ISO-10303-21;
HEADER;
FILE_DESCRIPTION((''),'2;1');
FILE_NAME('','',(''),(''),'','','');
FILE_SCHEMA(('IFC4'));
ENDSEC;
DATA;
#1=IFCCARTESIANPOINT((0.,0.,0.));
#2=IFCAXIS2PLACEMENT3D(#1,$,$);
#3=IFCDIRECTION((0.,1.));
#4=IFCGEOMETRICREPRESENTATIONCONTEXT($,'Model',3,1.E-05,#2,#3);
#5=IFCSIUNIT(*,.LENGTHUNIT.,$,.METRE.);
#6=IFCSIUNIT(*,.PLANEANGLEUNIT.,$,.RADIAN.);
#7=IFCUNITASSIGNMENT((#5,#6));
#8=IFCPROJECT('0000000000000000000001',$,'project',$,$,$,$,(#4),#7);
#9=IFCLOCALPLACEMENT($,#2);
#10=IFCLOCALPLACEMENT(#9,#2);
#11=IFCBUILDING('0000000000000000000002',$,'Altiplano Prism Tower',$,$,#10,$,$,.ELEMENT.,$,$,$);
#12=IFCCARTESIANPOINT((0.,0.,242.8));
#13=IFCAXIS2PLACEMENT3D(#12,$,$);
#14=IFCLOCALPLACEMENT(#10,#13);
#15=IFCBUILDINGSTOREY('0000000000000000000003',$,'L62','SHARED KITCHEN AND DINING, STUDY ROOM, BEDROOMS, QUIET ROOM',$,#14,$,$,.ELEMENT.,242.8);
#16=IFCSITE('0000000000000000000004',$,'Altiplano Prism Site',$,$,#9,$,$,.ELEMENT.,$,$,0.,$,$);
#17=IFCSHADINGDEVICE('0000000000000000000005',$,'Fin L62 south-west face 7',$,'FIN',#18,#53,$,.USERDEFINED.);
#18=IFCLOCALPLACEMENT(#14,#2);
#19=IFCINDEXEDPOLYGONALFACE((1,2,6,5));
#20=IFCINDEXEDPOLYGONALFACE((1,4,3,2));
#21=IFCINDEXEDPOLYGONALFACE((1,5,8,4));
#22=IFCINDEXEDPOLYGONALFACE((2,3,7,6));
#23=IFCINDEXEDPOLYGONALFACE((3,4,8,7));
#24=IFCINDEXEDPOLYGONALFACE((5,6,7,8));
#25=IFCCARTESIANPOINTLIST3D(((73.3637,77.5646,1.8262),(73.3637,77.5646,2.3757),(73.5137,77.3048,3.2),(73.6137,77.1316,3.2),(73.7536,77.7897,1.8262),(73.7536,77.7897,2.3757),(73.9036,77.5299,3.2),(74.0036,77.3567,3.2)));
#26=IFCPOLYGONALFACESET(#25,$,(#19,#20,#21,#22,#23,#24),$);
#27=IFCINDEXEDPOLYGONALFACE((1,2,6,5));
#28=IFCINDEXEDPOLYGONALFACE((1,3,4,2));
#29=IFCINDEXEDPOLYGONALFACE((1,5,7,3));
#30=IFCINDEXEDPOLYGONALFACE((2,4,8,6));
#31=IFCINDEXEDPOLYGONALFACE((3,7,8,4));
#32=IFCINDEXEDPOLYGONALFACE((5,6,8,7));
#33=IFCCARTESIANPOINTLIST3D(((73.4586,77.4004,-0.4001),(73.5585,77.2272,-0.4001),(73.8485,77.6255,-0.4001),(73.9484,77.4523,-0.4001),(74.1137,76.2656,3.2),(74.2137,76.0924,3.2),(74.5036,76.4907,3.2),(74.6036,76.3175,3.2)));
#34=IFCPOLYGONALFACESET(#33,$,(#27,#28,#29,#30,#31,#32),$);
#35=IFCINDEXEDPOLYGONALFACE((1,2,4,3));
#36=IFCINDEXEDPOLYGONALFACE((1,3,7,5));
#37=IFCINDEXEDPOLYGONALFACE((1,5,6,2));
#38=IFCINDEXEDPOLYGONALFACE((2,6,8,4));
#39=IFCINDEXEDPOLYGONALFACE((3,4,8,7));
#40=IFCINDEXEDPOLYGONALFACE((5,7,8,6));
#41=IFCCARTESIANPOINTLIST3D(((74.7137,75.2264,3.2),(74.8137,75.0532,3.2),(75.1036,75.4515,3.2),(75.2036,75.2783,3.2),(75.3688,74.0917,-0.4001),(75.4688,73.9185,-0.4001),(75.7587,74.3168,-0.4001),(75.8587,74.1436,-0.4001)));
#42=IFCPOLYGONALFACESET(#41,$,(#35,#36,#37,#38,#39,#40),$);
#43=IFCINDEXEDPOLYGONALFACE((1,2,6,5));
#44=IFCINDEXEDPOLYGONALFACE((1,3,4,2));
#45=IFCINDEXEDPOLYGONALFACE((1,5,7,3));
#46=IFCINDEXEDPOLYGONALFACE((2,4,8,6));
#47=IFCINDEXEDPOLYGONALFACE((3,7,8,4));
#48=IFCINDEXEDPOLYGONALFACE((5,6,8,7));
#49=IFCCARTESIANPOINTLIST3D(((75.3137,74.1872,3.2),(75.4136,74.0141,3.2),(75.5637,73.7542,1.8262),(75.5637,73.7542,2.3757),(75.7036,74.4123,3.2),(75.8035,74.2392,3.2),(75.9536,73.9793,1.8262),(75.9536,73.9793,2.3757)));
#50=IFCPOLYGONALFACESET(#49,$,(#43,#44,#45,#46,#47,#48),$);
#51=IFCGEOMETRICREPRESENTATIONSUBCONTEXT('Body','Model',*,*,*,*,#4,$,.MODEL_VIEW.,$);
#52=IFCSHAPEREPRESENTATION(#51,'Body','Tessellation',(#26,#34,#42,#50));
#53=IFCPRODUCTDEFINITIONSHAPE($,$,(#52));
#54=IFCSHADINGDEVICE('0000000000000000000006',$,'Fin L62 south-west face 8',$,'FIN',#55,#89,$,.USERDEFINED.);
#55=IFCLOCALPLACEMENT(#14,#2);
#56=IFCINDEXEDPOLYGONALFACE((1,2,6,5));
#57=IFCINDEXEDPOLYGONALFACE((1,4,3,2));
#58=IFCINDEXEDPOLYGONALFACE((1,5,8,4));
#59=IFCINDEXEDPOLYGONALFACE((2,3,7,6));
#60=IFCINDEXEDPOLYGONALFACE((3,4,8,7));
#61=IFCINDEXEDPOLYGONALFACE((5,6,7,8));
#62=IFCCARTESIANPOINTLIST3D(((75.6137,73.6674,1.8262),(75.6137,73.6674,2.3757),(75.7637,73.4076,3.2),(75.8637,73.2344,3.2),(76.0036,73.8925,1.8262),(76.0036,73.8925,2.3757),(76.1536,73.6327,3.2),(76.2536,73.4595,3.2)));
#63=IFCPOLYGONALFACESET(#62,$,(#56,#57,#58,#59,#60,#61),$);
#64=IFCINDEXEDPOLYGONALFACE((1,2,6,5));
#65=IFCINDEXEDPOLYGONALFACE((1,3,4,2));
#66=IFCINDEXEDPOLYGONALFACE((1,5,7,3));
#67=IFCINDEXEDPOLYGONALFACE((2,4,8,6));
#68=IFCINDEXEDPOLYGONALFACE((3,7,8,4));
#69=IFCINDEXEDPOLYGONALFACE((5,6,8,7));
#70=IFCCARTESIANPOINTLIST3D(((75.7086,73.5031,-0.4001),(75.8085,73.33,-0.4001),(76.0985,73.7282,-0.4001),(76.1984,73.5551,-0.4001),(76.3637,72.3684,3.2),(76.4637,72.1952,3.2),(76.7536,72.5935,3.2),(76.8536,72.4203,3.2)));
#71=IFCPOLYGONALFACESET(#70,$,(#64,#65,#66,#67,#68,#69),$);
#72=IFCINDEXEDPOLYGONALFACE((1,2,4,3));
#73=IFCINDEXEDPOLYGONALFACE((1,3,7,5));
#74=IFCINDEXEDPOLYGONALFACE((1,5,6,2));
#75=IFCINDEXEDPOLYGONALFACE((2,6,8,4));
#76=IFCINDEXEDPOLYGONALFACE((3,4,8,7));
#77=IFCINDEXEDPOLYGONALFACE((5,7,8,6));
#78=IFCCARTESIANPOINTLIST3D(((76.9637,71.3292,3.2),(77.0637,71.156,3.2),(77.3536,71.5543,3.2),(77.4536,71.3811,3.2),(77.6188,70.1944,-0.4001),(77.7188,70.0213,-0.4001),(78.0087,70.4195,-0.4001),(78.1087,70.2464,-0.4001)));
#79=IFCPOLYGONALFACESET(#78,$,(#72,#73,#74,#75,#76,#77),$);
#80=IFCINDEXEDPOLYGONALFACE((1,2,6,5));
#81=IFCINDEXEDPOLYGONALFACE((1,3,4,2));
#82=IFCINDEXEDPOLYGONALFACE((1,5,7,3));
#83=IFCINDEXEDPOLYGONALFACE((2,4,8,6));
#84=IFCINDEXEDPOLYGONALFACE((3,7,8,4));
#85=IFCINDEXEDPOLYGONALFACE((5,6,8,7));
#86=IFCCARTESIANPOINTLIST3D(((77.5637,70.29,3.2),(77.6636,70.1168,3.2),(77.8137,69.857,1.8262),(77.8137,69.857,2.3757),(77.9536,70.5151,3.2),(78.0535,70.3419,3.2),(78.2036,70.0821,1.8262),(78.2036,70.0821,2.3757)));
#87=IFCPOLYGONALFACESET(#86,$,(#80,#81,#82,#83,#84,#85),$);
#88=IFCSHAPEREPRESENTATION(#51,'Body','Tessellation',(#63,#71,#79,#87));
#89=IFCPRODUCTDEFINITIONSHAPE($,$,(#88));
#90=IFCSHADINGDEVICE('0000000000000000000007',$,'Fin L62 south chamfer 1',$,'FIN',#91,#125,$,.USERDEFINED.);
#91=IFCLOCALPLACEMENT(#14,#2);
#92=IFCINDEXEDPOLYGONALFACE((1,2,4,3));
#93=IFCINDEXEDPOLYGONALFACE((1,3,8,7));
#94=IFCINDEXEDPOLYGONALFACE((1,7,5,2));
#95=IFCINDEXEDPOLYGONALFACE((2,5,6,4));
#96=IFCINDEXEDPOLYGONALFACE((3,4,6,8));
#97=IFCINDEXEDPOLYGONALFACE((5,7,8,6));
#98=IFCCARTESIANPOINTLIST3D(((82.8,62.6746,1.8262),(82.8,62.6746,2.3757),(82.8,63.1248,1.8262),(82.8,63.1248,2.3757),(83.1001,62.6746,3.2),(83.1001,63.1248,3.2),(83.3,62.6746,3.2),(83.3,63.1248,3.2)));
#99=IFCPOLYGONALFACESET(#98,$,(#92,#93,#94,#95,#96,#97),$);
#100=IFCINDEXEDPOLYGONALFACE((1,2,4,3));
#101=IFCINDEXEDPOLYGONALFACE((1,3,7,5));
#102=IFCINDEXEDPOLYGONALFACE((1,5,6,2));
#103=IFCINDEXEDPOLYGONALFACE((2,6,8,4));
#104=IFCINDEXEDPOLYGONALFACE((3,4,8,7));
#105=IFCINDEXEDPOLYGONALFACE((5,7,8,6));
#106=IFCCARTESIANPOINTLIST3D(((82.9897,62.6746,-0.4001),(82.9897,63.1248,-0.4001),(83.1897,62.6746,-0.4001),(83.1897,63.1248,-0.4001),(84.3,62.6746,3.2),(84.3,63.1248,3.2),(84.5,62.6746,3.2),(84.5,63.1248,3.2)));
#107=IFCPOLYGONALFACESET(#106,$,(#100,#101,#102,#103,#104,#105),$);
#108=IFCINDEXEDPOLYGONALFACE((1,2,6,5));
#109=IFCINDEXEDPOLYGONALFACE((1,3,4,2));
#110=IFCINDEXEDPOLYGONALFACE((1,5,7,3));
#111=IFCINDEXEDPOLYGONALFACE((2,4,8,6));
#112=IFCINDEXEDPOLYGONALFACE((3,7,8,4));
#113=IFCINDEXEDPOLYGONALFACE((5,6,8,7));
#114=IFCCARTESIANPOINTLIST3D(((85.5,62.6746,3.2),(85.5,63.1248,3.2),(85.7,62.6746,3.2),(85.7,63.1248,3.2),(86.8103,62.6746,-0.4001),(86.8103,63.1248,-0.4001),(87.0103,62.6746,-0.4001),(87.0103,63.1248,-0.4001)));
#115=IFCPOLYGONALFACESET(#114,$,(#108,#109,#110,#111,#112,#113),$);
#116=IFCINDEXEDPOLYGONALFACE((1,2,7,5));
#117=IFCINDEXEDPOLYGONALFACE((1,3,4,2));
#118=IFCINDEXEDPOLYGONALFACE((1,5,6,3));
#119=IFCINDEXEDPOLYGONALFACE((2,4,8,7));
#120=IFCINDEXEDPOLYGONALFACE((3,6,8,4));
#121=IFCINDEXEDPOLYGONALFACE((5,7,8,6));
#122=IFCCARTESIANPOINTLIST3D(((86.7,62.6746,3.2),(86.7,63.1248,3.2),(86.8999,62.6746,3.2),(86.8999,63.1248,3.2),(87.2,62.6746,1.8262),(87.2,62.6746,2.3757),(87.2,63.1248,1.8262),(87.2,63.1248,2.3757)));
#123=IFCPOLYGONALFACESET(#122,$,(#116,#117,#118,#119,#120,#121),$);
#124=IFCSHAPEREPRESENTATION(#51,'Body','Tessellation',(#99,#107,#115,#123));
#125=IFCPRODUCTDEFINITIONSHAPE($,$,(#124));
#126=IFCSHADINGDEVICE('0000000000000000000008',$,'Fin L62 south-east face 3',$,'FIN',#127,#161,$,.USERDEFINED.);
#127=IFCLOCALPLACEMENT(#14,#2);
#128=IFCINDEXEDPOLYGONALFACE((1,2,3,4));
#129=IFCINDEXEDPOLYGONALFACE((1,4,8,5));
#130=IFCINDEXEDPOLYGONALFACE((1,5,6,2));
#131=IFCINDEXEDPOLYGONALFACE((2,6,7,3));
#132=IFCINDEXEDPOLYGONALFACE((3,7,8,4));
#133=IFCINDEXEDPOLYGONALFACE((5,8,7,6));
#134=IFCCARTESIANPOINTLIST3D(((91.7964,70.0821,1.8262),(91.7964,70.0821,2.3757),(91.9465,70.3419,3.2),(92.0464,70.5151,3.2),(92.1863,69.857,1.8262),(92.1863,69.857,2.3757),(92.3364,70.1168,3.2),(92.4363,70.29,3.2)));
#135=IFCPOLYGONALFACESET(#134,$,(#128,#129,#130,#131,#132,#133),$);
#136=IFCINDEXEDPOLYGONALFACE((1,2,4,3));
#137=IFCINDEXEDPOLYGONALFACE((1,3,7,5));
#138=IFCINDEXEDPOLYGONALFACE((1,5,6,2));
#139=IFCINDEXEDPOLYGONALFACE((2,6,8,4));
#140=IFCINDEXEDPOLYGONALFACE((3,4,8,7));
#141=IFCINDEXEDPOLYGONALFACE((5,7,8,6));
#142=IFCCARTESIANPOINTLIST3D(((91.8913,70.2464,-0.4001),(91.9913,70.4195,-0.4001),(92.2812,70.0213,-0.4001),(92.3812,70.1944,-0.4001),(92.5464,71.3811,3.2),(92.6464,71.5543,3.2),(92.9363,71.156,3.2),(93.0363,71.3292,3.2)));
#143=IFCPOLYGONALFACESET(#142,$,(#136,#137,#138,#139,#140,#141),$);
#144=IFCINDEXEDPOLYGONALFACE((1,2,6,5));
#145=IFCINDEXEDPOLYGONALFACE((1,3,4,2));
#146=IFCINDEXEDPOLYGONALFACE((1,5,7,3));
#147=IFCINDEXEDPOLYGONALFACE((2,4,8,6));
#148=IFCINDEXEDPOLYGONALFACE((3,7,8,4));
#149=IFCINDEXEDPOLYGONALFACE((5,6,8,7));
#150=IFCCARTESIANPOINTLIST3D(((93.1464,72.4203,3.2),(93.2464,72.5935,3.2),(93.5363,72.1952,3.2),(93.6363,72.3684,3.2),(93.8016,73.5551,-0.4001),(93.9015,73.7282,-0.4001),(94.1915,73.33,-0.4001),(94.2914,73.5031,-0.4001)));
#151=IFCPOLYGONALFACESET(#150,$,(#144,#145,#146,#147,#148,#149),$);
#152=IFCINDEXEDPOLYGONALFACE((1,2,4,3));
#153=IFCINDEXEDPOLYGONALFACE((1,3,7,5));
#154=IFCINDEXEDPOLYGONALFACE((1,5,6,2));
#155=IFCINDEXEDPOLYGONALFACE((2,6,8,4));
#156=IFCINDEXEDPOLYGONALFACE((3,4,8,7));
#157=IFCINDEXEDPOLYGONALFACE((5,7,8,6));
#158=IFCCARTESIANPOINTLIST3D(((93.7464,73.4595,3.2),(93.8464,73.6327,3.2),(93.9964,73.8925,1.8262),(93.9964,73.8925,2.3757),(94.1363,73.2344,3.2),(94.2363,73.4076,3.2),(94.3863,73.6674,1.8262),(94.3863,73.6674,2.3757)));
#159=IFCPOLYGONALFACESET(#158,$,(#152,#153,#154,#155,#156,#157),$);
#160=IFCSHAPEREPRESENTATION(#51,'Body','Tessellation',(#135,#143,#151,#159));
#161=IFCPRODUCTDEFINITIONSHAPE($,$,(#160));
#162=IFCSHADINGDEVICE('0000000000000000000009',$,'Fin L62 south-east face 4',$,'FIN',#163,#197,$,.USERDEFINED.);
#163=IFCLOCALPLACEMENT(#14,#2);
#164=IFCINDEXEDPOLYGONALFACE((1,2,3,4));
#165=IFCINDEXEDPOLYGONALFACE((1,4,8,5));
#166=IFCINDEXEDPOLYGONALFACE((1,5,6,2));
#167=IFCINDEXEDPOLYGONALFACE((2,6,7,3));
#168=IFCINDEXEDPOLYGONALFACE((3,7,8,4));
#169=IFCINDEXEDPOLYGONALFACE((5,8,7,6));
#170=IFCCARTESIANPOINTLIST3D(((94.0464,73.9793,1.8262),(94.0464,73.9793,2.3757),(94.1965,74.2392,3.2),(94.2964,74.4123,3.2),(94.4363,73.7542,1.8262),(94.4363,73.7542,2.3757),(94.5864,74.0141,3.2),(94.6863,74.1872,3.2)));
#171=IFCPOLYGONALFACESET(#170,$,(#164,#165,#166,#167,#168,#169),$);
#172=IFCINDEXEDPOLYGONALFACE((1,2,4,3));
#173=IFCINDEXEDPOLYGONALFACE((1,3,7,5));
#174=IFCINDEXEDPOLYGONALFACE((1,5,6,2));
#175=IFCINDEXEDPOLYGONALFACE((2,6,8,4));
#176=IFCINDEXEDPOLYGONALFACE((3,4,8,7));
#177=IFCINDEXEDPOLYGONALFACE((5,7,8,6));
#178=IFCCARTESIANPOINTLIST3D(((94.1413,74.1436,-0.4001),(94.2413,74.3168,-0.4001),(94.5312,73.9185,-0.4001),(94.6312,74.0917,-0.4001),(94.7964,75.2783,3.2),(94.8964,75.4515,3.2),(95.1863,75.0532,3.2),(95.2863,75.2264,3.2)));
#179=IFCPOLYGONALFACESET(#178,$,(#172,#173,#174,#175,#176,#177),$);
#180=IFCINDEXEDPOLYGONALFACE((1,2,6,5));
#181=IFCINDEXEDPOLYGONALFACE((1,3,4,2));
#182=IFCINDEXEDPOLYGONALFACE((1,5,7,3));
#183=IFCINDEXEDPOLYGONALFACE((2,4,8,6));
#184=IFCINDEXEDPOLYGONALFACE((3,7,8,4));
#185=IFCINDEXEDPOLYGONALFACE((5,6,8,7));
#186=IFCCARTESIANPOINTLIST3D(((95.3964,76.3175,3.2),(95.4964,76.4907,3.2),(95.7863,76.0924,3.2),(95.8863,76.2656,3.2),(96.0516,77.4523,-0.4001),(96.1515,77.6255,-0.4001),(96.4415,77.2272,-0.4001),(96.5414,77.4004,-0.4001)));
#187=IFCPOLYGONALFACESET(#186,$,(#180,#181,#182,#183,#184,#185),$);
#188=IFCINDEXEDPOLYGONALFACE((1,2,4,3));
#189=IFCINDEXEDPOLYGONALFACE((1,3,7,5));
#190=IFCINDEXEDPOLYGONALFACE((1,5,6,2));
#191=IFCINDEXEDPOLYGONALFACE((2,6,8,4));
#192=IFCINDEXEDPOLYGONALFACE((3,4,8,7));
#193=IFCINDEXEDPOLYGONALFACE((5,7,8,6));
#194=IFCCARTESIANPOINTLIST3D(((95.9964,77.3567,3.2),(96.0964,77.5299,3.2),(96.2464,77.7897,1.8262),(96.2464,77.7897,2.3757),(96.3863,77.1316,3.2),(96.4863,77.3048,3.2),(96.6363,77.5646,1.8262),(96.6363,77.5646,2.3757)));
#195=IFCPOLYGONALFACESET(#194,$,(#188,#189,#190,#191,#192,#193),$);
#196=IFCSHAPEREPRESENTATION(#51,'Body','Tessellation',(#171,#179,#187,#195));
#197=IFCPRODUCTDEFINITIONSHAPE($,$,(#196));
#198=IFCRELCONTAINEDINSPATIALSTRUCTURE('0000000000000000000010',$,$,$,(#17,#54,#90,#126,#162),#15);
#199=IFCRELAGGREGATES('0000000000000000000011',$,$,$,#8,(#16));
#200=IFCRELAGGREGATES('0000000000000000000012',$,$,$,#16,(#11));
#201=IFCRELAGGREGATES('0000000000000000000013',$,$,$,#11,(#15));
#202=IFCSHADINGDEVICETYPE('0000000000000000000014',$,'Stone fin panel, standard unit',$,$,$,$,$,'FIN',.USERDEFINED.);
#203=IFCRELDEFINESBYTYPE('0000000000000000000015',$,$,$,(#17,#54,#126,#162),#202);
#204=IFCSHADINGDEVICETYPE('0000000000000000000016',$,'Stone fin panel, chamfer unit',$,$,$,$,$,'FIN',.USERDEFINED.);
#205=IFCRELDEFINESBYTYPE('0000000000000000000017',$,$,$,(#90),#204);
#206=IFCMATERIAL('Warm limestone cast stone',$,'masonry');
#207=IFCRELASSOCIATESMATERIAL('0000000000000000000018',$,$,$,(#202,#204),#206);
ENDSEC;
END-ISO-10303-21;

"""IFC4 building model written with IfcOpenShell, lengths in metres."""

from ifc_helpers import new_model, si_unit, direction, frame, origin, place, context, subcontext, project, spatial, polyline, outline, extrude, source, transform, mapped, material, type_object, element, save


model = new_model("IFC4")

# Units and contexts
model_context = context("Model", 3, precision=1e-05, world=origin(), true_north=direction((0.0, 1.0)))
body_context = subcontext(model_context, "Body", "Model", "MODEL_VIEW")
ifc_project = project(units=[si_unit("LENGTHUNIT", "METRE"), si_unit("PLANEANGLEUNIT", "RADIAN")], contexts=[model_context])

# Site, building, storey
site_placement = place(None, origin())
site = spatial("IfcSite", under=ifc_project, at=site_placement, Name="Altiplano Prism Site", CompositionType="ELEMENT", RefElevation=0.0)
building_placement = place(site_placement, origin())
building = spatial("IfcBuilding", under=site, at=building_placement, Name="Altiplano Prism Tower", CompositionType="ELEMENT")
storey_placement = place(building_placement, frame((0.0, 0.0, 242.8)))
storey = spatial("IfcBuildingStorey", under=building, at=storey_placement, Name="L62", Description="SHARED KITCHEN AND DINING, STUDY ROOM, BEDROOMS, QUIET ROOM", CompositionType="ELEMENT", Elevation=242.8)

# Shading devices
ifc_material_1 = material(Name="Warm limestone cast stone", Category="masonry")
shading_device_type_1 = type_object("IfcShadingDeviceType", Name="Stone fin panel, standard unit", ElementType="FIN", PredefinedType="USERDEFINED", material=ifc_material_1)
shared_shape_1 = source(origin(), body_context, "Body", "SweptSolid", [
    extrude(outline(polyline([(-2.2, 2.2263), (-1.7, 3.6001), (-1.8999, 3.6001), (-2.2, 2.7759), (-2.2, 2.2263)])), frame((0.0, -0.1499, 0.0), z_axis=(0.0, -1.0, 0.0), x_axis=(1.0, 0.0, 0.0)), (0.0, 0.0, 1.0), 0.4502),
    extrude(outline(polyline([(-2.0103, 0.0), (-1.8103, 0.0), (-0.5, 3.6001), (-0.7, 3.6001), (-2.0103, 0.0)])), frame((0.0, -0.1499, 0.0), z_axis=(0.0, -1.0, 0.0), x_axis=(1.0, 0.0, 0.0)), (0.0, 0.0, 1.0), 0.4502),
    extrude(outline(polyline([(1.8103, 0.0), (2.0103, 0.0), (0.7, 3.6001), (0.5, 3.6001), (1.8103, 0.0)])), frame((0.0, -0.1499, 0.0), z_axis=(0.0, -1.0, 0.0), x_axis=(1.0, 0.0, 0.0)), (0.0, 0.0, 1.0), 0.4502),
    extrude(outline(polyline([(2.2, 2.7759), (1.8999, 3.6001), (1.7, 3.6001), (2.2, 2.2263), (2.2, 2.7759)])), frame((0.0, -0.1499, 0.0), z_axis=(0.0, -1.0, 0.0), x_axis=(1.0, 0.0, 0.0)), (0.0, 0.0, 1.0), 0.4502),
])
shading_device_type_2 = type_object("IfcShadingDeviceType", Name="Stone fin panel, chamfer unit", ElementType="FIN", PredefinedType="USERDEFINED", material=ifc_material_1)
shading_device_1_placement = place(storey_placement, origin())
element("IfcShadingDevice", 1, at=shading_device_1_placement, inside=storey, type_object=shading_device_type_1, Name="Fin L62 south-west face 7", ObjectType="FIN", PredefinedType="USERDEFINED", context=body_context, shape_type="MappedRepresentation", body=[
    mapped(shared_shape_1, transform((74.9834, 75.9595, -0.4001), x_axis=(0.5, -0.866025, 0.0), y_axis=(0.866025, 0.5, 0.0), z_axis=(0.0, 0.0, 1.0))),
])
shading_device_2_placement = place(storey_placement, origin())
element("IfcShadingDevice", 2, at=shading_device_2_placement, inside=storey, type_object=shading_device_type_1, Name="Fin L62 south-west face 8", ObjectType="FIN", PredefinedType="USERDEFINED", context=body_context, shape_type="MappedRepresentation", body=[
    mapped(shared_shape_1, transform((77.2334, 72.0623, -0.4001), x_axis=(0.5, -0.866025, 0.0), y_axis=(0.866025, 0.5, 0.0), z_axis=(0.0, 0.0, 1.0))),
])
shading_device_3_placement = place(storey_placement, origin())
element("IfcShadingDevice", 3, at=shading_device_3_placement, inside=storey, type_object=shading_device_type_2, Name="Fin L62 south chamfer 1", ObjectType="FIN", PredefinedType="USERDEFINED", context=body_context, shape_type="MappedRepresentation", body=[
    mapped(shared_shape_1, transform((85.0, 63.2747, -0.4001), x_axis=(1.0, 0.0, 0.0), y_axis=(0.0, 1.0, 0.0), z_axis=(0.0, 0.0, 1.0))),
])
shading_device_4_placement = place(storey_placement, origin())
element("IfcShadingDevice", 4, at=shading_device_4_placement, inside=storey, type_object=shading_device_type_1, Name="Fin L62 south-east face 3", ObjectType="FIN", PredefinedType="USERDEFINED", context=body_context, shape_type="MappedRepresentation", body=[
    mapped(shared_shape_1, transform((92.7666, 72.0623, -0.4001), x_axis=(0.5, 0.866025, 0.0), y_axis=(-0.866025, 0.5, 0.0), z_axis=(0.0, 0.0, 1.0))),
])
shading_device_5_placement = place(storey_placement, origin())
element("IfcShadingDevice", 5, at=shading_device_5_placement, inside=storey, type_object=shading_device_type_1, Name="Fin L62 south-east face 4", ObjectType="FIN", PredefinedType="USERDEFINED", context=body_context, shape_type="MappedRepresentation", body=[
    mapped(shared_shape_1, transform((95.0166, 75.9595, -0.4001), x_axis=(0.5, 0.866025, 0.0), y_axis=(-0.866025, 0.5, 0.0), z_axis=(0.0, 0.0, 1.0))),
])

save(model, "model.ifc")
